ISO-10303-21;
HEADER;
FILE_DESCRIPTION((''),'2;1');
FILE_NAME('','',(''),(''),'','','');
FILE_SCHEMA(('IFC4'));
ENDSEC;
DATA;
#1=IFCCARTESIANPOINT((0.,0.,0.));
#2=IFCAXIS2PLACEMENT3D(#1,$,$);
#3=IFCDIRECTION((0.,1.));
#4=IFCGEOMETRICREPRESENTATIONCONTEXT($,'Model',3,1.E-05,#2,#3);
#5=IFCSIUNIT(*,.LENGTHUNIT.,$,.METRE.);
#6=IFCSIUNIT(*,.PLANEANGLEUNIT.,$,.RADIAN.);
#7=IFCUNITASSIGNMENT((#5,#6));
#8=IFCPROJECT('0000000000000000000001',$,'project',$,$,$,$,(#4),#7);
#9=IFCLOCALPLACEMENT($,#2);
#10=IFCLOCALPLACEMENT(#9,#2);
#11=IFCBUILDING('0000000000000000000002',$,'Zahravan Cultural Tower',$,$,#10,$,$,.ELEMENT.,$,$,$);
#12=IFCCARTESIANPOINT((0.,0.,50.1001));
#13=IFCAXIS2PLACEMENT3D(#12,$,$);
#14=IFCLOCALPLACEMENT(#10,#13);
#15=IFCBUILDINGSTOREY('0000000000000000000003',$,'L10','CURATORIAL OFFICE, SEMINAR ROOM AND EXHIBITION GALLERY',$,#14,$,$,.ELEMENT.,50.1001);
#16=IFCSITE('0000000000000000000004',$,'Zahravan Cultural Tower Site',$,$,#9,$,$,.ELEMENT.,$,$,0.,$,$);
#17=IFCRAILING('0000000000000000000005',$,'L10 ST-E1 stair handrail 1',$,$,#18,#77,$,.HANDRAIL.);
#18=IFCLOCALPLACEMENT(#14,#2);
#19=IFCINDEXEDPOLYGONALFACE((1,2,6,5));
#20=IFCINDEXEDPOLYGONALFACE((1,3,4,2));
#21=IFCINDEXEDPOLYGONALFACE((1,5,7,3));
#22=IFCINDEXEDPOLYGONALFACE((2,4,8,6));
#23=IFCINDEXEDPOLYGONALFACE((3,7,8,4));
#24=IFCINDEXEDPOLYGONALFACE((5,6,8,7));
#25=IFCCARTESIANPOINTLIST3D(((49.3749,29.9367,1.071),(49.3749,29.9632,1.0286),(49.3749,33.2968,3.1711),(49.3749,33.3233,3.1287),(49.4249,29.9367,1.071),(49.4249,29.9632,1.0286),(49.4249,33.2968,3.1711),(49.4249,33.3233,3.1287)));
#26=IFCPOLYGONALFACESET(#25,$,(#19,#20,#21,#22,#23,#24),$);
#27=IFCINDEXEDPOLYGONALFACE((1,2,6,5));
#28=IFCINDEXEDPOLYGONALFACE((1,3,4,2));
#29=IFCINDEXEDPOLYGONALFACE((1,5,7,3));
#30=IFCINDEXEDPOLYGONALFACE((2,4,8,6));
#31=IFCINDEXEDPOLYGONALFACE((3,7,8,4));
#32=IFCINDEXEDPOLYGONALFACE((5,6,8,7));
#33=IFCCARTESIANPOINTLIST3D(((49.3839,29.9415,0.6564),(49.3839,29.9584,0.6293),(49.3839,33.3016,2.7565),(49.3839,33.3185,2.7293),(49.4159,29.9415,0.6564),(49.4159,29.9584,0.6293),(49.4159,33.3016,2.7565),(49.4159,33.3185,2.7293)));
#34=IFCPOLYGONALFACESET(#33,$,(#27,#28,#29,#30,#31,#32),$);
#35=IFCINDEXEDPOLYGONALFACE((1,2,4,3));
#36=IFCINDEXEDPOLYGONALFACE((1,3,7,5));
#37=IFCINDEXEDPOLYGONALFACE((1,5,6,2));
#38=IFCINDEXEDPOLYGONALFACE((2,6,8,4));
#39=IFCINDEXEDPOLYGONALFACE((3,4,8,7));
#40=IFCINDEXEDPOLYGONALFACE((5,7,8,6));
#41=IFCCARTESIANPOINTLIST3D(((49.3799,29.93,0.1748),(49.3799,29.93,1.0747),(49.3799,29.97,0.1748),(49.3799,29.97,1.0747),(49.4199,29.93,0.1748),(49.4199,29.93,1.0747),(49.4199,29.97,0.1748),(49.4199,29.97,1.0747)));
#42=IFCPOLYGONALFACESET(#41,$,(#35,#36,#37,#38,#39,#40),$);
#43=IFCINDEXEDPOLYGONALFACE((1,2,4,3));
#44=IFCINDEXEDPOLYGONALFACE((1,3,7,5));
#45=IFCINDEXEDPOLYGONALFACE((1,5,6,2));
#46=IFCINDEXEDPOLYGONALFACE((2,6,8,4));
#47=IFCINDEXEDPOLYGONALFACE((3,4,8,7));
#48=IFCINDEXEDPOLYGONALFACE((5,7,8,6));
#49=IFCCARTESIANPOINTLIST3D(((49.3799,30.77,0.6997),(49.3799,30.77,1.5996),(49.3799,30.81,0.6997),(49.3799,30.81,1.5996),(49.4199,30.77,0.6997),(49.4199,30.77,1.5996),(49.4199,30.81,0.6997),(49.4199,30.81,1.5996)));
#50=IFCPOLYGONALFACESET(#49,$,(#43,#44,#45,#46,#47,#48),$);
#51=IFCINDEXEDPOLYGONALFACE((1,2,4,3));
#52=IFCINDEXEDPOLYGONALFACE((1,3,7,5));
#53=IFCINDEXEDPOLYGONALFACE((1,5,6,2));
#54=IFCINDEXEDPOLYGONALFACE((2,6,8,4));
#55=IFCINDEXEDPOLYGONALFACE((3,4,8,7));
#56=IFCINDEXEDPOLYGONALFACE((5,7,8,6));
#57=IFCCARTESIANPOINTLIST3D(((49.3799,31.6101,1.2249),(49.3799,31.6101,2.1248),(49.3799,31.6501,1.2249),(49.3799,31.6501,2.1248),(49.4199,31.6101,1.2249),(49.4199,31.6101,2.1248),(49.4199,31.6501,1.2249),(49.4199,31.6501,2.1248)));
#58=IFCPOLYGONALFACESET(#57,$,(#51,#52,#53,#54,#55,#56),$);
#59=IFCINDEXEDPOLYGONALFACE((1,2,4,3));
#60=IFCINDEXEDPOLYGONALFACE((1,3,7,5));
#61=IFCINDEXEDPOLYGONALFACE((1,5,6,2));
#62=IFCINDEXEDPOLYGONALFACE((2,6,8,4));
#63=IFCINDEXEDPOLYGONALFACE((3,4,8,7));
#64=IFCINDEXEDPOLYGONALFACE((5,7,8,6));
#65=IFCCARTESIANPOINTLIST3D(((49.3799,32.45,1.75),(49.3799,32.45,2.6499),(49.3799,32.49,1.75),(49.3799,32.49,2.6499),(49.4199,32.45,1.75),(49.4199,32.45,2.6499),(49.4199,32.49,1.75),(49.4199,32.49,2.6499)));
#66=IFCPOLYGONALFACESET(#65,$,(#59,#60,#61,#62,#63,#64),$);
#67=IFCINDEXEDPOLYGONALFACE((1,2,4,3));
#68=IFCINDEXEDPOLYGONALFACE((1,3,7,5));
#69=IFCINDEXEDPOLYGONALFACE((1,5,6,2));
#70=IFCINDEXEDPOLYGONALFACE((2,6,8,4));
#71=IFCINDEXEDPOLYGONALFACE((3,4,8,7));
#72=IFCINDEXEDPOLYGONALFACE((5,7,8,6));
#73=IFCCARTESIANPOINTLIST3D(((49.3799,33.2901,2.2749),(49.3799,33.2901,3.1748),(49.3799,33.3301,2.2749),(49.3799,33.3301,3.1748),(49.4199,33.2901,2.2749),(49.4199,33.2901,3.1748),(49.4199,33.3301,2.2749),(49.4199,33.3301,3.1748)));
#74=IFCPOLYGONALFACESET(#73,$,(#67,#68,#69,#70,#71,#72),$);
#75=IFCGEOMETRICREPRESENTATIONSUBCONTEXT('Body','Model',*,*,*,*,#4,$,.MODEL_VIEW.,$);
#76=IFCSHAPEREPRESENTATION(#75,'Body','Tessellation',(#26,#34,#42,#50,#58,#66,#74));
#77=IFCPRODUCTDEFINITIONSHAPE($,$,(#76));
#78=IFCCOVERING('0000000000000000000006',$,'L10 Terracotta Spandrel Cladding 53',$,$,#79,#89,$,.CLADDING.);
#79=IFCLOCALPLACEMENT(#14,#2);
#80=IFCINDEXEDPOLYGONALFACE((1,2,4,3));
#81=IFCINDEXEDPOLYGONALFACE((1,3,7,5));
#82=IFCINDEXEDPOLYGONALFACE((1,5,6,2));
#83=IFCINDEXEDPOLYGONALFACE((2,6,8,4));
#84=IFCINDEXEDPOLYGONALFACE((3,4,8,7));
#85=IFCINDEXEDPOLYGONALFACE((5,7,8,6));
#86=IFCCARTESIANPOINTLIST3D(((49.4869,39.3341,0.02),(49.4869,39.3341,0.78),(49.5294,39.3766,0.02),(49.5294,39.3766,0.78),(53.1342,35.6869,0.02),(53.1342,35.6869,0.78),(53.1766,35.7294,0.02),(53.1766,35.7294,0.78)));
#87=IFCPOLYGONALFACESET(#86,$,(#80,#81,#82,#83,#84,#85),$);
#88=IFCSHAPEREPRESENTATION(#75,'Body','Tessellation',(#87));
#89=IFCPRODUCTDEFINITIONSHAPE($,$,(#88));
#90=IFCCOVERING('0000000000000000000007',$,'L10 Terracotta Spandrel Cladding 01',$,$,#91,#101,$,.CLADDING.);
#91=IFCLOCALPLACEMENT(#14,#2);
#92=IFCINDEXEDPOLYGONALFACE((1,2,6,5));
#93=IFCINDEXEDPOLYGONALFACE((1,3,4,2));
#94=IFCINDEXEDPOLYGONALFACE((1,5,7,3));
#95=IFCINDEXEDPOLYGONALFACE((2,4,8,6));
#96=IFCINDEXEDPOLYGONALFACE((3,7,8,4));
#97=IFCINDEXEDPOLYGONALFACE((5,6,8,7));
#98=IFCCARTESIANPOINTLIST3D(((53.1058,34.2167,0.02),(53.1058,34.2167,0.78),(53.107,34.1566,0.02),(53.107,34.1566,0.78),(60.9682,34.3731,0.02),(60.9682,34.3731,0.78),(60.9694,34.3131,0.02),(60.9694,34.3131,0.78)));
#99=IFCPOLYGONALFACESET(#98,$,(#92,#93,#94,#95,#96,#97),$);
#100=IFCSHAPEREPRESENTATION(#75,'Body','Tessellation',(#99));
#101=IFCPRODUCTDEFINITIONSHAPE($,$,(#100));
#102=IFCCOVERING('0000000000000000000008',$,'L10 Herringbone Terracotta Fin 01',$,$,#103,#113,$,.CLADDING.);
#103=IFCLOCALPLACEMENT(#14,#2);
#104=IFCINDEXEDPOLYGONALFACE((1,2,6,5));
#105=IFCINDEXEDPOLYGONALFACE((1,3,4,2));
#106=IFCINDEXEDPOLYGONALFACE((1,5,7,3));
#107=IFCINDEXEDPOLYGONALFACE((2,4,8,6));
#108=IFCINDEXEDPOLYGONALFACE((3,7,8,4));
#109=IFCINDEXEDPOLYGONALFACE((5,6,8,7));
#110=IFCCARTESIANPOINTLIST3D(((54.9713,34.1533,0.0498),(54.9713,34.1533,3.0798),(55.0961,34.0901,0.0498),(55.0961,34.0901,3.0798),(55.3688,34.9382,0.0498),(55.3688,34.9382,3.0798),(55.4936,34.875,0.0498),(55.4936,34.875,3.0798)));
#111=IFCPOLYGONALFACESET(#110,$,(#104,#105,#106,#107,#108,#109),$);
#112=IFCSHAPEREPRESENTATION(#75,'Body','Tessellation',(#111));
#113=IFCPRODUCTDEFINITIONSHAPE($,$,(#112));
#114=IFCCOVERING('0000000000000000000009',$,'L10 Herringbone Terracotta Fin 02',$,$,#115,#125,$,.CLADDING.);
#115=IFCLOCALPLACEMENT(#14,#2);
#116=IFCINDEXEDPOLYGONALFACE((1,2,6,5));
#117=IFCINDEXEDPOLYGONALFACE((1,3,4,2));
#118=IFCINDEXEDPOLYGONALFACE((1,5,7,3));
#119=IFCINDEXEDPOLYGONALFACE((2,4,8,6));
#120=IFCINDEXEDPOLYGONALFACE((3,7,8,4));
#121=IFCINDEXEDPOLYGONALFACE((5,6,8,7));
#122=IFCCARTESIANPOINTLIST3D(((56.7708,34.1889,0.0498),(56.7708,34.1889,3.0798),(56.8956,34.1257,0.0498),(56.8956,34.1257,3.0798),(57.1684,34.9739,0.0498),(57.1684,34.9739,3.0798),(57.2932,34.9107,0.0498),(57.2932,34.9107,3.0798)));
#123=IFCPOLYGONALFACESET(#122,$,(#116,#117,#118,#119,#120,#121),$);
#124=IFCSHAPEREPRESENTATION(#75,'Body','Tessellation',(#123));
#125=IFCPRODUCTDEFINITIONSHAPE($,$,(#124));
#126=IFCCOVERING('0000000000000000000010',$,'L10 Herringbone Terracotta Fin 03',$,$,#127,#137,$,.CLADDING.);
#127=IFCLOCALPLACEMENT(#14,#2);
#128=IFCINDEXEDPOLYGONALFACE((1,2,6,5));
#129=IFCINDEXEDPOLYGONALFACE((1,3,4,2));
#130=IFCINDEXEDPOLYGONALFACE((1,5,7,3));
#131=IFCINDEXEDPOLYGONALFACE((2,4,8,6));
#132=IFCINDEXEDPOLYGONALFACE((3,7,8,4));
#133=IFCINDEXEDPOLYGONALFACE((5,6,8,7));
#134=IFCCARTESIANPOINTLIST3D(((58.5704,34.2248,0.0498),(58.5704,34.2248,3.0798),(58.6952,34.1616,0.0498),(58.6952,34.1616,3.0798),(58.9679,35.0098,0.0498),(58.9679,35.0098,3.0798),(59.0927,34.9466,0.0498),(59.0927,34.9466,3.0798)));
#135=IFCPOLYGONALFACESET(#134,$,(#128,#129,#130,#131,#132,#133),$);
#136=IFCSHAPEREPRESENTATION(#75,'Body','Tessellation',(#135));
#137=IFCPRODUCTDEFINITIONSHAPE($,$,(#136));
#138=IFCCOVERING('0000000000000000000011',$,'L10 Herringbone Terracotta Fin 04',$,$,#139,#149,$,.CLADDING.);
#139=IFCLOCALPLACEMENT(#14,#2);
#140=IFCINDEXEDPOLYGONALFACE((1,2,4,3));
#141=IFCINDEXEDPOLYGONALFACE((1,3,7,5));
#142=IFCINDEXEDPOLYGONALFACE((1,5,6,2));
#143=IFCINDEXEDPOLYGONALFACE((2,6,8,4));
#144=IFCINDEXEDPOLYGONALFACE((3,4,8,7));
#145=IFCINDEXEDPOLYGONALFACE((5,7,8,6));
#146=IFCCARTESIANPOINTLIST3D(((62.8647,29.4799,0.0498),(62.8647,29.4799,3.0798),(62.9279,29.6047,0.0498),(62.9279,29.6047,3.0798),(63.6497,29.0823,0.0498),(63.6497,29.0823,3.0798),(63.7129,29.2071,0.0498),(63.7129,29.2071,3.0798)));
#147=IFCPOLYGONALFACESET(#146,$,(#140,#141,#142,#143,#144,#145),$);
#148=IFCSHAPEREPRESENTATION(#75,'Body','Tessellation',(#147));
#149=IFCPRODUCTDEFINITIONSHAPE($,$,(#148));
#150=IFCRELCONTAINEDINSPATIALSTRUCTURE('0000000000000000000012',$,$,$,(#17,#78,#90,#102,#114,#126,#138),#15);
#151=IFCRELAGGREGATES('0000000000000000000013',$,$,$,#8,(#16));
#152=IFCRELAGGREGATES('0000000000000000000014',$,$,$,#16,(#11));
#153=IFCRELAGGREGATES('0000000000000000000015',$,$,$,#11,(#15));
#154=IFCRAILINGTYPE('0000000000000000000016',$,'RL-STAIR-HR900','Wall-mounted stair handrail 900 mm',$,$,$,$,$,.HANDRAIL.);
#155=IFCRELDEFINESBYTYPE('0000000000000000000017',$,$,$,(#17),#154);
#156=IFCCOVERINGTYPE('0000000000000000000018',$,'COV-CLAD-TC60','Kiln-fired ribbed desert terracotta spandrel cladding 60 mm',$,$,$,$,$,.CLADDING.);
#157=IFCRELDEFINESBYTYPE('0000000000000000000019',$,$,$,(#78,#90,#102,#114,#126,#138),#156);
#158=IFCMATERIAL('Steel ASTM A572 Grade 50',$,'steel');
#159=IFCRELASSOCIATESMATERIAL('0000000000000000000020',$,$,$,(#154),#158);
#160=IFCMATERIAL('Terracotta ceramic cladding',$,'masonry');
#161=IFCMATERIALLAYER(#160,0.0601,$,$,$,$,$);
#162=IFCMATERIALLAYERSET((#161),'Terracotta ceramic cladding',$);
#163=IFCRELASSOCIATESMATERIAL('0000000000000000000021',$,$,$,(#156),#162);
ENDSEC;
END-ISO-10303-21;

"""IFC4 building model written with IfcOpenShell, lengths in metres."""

from ifc_helpers import new_model, si_unit, direction, frame, origin, origin_2d, place, context, subcontext, project, spatial, rectangle, extrude, source, transform, mapped, material, layer, layer_set, type_object, element, save


model = new_model("IFC4")

# Units and contexts
model_context = context("Model", 3, precision=1e-05, world=origin(), true_north=direction((0.0, 1.0)))
body_context = subcontext(model_context, "Body", "Model", "MODEL_VIEW")
ifc_project = project(units=[si_unit("LENGTHUNIT", "METRE"), si_unit("PLANEANGLEUNIT", "RADIAN")], contexts=[model_context])

# Site, building, storey
site_placement = place(None, origin())
site = spatial("IfcSite", under=ifc_project, at=site_placement, Name="Zahravan Cultural Tower Site", CompositionType="ELEMENT", RefElevation=0.0)
building_placement = place(site_placement, origin())
building = spatial("IfcBuilding", under=site, at=building_placement, Name="Zahravan Cultural Tower", CompositionType="ELEMENT")
storey_placement = place(building_placement, frame((0.0, 0.0, 50.1001)))
storey = spatial("IfcBuildingStorey", under=building, at=storey_placement, Name="L10", Description="CURATORIAL OFFICE, SEMINAR ROOM AND EXHIBITION GALLERY", CompositionType="ELEMENT", Elevation=50.1001)

# Shared definitions
ifc_material_1 = material(Name="Steel ASTM A572 Grade 50", Category="steel")

# Railing
railing_type_1 = type_object("IfcRailingType", Name="RL-STAIR-HR900", Description="Wall-mounted stair handrail 900 mm", PredefinedType="HANDRAIL", material=ifc_material_1)
railing_1_placement = place(storey_placement, frame((49.3999, 29.95, 0.1748)))
element("IfcRailing", 1, at=railing_1_placement, inside=storey, type_object=railing_type_1, Name="L10 ST-E1 stair handrail 1", PredefinedType="HANDRAIL", context=body_context, shape_type="SweptSolid", body=[
    extrude(rectangle(XDim=0.05, YDim=0.05, at=origin_2d()), frame((0.0, 0.0, 0.875), z_axis=(0.0, 0.847995, 0.530004), x_axis=(-1.0, 0.0, 0.0)), (0.0, 0.0, 1.0), 3.9624),
    extrude(rectangle(XDim=0.032, YDim=0.032, at=origin_2d()), frame((0.0, 0.0, 0.468), z_axis=(0.0, 0.847995, 0.530004), x_axis=(-1.0, 0.0, 0.0)), (0.0, 0.0, 1.0), 3.9624),
    extrude(rectangle(XDim=0.04, YDim=0.04, at=origin_2d()), origin(), (0.0, 0.0, 1.0), 0.8999),
    extrude(rectangle(XDim=0.04, YDim=0.04, at=origin_2d()), frame((0.0, 0.8401, 0.5249)), (0.0, 0.0, 1.0), 0.8999),
    extrude(rectangle(XDim=0.04, YDim=0.04, at=origin_2d()), frame((0.0, 1.6802, 1.05)), (0.0, 0.0, 1.0), 0.8999),
    extrude(rectangle(XDim=0.04, YDim=0.04, at=origin_2d()), frame((0.0, 2.52, 1.5752)), (0.0, 0.0, 1.0), 0.8999),
    extrude(rectangle(XDim=0.04, YDim=0.04, at=origin_2d()), frame((0.0, 3.3601, 2.1001)), (0.0, 0.0, 1.0), 0.8999),
])

# Coverings
ifc_material_2 = material(Name="Terracotta ceramic cladding", Category="masonry")
ifc_layer_1 = layer(ifc_material_2, 0.0601)
ifc_layer_set_1 = layer_set([ifc_layer_1], Name="Terracotta ceramic cladding")
covering_type = type_object("IfcCoveringType", Name="COV-CLAD-TC60", Description="Kiln-fired ribbed desert terracotta spandrel cladding 60 mm", PredefinedType="CLADDING", material=ifc_layer_set_1)
shared_shape_1 = source(origin(), body_context, "Body", "SweptSolid", [
    extrude(rectangle(XDim=5.158, YDim=0.0601, at=origin_2d()), origin(), (0.0, 0.0, 1.0), 0.76),
])
covering_1_placement = place(storey_placement, frame((51.3318, 37.5317, 0.02), z_axis=(0.0, 0.0, 1.0), x_axis=(0.707107, -0.707107, 0.0)))
element("IfcCovering", 2, at=covering_1_placement, inside=storey, type_object=covering_type, Name="L10 Terracotta Spandrel Cladding 53", PredefinedType="CLADDING", context=body_context, shape_type="MappedRepresentation", body=[
    mapped(shared_shape_1, transform((0.0, 0.0, 0.0), x_axis=(1.0, 0.0, 0.0), y_axis=(0.0, 1.0, 0.0), z_axis=(0.0, 0.0, 1.0), scale=1.0)),
])
shared_shape_2 = source(origin(), body_context, "Body", "SweptSolid", [
    extrude(rectangle(XDim=7.864, YDim=0.0601, at=origin_2d()), origin(), (0.0, 0.0, 1.0), 0.76),
])
covering_2_placement = place(storey_placement, frame((57.0376, 34.2649, 0.02), z_axis=(0.0, 0.0, 1.0), x_axis=(0.999802, 0.019895, 0.0)))
element("IfcCovering", 3, at=covering_2_placement, inside=storey, type_object=covering_type, Name="L10 Terracotta Spandrel Cladding 01", PredefinedType="CLADDING", context=body_context, shape_type="MappedRepresentation", body=[
    mapped(shared_shape_2, transform((0.0, 0.0, 0.0), x_axis=(1.0, 0.0, 0.0), y_axis=(0.0, 1.0, 0.0), z_axis=(0.0, 0.0, 1.0), scale=1.0)),
])
shared_shape_3 = source(origin(), body_context, "Body", "SweptSolid", [
    extrude(rectangle(XDim=0.8799, YDim=0.1399, at=origin_2d()), origin(), (0.0, 0.0, 1.0), 3.03),
])
for number, where, z_axis, x_axis, name in (
    (4, (55.2324, 34.5142, 0.0498), (0.0, 0.0, 1.0), (0.451812, 0.892113, 0.0), "L10 Herringbone Terracotta Fin 01"),
    (5, (57.032, 34.5498, 0.0498), (0.0, 0.0, 1.0), (0.451812, 0.892113, 0.0), "L10 Herringbone Terracotta Fin 02"),
    (6, (58.8315, 34.5857, 0.0498), (0.0, 0.0, 1.0), (0.451812, 0.892113, 0.0), "L10 Herringbone Terracotta Fin 03"),
    (7, (63.2888, 29.3435, 0.0498), (0.0, 0.0, 1.0), (0.892113, -0.451812, 0.0), "L10 Herringbone Terracotta Fin 04"),
):
    element("IfcCovering", number, at=place(storey_placement, frame(where, z_axis=z_axis, x_axis=x_axis)), inside=storey, type_object=covering_type, Name=name, PredefinedType="CLADDING", context=body_context, shape_type="MappedRepresentation", body=[
        mapped(shared_shape_3, transform((0.0, 0.0, 0.0), x_axis=(1.0, 0.0, 0.0), y_axis=(0.0, 1.0, 0.0), z_axis=(0.0, 0.0, 1.0), scale=1.0)),
    ])

save(model, "model.ifc")
